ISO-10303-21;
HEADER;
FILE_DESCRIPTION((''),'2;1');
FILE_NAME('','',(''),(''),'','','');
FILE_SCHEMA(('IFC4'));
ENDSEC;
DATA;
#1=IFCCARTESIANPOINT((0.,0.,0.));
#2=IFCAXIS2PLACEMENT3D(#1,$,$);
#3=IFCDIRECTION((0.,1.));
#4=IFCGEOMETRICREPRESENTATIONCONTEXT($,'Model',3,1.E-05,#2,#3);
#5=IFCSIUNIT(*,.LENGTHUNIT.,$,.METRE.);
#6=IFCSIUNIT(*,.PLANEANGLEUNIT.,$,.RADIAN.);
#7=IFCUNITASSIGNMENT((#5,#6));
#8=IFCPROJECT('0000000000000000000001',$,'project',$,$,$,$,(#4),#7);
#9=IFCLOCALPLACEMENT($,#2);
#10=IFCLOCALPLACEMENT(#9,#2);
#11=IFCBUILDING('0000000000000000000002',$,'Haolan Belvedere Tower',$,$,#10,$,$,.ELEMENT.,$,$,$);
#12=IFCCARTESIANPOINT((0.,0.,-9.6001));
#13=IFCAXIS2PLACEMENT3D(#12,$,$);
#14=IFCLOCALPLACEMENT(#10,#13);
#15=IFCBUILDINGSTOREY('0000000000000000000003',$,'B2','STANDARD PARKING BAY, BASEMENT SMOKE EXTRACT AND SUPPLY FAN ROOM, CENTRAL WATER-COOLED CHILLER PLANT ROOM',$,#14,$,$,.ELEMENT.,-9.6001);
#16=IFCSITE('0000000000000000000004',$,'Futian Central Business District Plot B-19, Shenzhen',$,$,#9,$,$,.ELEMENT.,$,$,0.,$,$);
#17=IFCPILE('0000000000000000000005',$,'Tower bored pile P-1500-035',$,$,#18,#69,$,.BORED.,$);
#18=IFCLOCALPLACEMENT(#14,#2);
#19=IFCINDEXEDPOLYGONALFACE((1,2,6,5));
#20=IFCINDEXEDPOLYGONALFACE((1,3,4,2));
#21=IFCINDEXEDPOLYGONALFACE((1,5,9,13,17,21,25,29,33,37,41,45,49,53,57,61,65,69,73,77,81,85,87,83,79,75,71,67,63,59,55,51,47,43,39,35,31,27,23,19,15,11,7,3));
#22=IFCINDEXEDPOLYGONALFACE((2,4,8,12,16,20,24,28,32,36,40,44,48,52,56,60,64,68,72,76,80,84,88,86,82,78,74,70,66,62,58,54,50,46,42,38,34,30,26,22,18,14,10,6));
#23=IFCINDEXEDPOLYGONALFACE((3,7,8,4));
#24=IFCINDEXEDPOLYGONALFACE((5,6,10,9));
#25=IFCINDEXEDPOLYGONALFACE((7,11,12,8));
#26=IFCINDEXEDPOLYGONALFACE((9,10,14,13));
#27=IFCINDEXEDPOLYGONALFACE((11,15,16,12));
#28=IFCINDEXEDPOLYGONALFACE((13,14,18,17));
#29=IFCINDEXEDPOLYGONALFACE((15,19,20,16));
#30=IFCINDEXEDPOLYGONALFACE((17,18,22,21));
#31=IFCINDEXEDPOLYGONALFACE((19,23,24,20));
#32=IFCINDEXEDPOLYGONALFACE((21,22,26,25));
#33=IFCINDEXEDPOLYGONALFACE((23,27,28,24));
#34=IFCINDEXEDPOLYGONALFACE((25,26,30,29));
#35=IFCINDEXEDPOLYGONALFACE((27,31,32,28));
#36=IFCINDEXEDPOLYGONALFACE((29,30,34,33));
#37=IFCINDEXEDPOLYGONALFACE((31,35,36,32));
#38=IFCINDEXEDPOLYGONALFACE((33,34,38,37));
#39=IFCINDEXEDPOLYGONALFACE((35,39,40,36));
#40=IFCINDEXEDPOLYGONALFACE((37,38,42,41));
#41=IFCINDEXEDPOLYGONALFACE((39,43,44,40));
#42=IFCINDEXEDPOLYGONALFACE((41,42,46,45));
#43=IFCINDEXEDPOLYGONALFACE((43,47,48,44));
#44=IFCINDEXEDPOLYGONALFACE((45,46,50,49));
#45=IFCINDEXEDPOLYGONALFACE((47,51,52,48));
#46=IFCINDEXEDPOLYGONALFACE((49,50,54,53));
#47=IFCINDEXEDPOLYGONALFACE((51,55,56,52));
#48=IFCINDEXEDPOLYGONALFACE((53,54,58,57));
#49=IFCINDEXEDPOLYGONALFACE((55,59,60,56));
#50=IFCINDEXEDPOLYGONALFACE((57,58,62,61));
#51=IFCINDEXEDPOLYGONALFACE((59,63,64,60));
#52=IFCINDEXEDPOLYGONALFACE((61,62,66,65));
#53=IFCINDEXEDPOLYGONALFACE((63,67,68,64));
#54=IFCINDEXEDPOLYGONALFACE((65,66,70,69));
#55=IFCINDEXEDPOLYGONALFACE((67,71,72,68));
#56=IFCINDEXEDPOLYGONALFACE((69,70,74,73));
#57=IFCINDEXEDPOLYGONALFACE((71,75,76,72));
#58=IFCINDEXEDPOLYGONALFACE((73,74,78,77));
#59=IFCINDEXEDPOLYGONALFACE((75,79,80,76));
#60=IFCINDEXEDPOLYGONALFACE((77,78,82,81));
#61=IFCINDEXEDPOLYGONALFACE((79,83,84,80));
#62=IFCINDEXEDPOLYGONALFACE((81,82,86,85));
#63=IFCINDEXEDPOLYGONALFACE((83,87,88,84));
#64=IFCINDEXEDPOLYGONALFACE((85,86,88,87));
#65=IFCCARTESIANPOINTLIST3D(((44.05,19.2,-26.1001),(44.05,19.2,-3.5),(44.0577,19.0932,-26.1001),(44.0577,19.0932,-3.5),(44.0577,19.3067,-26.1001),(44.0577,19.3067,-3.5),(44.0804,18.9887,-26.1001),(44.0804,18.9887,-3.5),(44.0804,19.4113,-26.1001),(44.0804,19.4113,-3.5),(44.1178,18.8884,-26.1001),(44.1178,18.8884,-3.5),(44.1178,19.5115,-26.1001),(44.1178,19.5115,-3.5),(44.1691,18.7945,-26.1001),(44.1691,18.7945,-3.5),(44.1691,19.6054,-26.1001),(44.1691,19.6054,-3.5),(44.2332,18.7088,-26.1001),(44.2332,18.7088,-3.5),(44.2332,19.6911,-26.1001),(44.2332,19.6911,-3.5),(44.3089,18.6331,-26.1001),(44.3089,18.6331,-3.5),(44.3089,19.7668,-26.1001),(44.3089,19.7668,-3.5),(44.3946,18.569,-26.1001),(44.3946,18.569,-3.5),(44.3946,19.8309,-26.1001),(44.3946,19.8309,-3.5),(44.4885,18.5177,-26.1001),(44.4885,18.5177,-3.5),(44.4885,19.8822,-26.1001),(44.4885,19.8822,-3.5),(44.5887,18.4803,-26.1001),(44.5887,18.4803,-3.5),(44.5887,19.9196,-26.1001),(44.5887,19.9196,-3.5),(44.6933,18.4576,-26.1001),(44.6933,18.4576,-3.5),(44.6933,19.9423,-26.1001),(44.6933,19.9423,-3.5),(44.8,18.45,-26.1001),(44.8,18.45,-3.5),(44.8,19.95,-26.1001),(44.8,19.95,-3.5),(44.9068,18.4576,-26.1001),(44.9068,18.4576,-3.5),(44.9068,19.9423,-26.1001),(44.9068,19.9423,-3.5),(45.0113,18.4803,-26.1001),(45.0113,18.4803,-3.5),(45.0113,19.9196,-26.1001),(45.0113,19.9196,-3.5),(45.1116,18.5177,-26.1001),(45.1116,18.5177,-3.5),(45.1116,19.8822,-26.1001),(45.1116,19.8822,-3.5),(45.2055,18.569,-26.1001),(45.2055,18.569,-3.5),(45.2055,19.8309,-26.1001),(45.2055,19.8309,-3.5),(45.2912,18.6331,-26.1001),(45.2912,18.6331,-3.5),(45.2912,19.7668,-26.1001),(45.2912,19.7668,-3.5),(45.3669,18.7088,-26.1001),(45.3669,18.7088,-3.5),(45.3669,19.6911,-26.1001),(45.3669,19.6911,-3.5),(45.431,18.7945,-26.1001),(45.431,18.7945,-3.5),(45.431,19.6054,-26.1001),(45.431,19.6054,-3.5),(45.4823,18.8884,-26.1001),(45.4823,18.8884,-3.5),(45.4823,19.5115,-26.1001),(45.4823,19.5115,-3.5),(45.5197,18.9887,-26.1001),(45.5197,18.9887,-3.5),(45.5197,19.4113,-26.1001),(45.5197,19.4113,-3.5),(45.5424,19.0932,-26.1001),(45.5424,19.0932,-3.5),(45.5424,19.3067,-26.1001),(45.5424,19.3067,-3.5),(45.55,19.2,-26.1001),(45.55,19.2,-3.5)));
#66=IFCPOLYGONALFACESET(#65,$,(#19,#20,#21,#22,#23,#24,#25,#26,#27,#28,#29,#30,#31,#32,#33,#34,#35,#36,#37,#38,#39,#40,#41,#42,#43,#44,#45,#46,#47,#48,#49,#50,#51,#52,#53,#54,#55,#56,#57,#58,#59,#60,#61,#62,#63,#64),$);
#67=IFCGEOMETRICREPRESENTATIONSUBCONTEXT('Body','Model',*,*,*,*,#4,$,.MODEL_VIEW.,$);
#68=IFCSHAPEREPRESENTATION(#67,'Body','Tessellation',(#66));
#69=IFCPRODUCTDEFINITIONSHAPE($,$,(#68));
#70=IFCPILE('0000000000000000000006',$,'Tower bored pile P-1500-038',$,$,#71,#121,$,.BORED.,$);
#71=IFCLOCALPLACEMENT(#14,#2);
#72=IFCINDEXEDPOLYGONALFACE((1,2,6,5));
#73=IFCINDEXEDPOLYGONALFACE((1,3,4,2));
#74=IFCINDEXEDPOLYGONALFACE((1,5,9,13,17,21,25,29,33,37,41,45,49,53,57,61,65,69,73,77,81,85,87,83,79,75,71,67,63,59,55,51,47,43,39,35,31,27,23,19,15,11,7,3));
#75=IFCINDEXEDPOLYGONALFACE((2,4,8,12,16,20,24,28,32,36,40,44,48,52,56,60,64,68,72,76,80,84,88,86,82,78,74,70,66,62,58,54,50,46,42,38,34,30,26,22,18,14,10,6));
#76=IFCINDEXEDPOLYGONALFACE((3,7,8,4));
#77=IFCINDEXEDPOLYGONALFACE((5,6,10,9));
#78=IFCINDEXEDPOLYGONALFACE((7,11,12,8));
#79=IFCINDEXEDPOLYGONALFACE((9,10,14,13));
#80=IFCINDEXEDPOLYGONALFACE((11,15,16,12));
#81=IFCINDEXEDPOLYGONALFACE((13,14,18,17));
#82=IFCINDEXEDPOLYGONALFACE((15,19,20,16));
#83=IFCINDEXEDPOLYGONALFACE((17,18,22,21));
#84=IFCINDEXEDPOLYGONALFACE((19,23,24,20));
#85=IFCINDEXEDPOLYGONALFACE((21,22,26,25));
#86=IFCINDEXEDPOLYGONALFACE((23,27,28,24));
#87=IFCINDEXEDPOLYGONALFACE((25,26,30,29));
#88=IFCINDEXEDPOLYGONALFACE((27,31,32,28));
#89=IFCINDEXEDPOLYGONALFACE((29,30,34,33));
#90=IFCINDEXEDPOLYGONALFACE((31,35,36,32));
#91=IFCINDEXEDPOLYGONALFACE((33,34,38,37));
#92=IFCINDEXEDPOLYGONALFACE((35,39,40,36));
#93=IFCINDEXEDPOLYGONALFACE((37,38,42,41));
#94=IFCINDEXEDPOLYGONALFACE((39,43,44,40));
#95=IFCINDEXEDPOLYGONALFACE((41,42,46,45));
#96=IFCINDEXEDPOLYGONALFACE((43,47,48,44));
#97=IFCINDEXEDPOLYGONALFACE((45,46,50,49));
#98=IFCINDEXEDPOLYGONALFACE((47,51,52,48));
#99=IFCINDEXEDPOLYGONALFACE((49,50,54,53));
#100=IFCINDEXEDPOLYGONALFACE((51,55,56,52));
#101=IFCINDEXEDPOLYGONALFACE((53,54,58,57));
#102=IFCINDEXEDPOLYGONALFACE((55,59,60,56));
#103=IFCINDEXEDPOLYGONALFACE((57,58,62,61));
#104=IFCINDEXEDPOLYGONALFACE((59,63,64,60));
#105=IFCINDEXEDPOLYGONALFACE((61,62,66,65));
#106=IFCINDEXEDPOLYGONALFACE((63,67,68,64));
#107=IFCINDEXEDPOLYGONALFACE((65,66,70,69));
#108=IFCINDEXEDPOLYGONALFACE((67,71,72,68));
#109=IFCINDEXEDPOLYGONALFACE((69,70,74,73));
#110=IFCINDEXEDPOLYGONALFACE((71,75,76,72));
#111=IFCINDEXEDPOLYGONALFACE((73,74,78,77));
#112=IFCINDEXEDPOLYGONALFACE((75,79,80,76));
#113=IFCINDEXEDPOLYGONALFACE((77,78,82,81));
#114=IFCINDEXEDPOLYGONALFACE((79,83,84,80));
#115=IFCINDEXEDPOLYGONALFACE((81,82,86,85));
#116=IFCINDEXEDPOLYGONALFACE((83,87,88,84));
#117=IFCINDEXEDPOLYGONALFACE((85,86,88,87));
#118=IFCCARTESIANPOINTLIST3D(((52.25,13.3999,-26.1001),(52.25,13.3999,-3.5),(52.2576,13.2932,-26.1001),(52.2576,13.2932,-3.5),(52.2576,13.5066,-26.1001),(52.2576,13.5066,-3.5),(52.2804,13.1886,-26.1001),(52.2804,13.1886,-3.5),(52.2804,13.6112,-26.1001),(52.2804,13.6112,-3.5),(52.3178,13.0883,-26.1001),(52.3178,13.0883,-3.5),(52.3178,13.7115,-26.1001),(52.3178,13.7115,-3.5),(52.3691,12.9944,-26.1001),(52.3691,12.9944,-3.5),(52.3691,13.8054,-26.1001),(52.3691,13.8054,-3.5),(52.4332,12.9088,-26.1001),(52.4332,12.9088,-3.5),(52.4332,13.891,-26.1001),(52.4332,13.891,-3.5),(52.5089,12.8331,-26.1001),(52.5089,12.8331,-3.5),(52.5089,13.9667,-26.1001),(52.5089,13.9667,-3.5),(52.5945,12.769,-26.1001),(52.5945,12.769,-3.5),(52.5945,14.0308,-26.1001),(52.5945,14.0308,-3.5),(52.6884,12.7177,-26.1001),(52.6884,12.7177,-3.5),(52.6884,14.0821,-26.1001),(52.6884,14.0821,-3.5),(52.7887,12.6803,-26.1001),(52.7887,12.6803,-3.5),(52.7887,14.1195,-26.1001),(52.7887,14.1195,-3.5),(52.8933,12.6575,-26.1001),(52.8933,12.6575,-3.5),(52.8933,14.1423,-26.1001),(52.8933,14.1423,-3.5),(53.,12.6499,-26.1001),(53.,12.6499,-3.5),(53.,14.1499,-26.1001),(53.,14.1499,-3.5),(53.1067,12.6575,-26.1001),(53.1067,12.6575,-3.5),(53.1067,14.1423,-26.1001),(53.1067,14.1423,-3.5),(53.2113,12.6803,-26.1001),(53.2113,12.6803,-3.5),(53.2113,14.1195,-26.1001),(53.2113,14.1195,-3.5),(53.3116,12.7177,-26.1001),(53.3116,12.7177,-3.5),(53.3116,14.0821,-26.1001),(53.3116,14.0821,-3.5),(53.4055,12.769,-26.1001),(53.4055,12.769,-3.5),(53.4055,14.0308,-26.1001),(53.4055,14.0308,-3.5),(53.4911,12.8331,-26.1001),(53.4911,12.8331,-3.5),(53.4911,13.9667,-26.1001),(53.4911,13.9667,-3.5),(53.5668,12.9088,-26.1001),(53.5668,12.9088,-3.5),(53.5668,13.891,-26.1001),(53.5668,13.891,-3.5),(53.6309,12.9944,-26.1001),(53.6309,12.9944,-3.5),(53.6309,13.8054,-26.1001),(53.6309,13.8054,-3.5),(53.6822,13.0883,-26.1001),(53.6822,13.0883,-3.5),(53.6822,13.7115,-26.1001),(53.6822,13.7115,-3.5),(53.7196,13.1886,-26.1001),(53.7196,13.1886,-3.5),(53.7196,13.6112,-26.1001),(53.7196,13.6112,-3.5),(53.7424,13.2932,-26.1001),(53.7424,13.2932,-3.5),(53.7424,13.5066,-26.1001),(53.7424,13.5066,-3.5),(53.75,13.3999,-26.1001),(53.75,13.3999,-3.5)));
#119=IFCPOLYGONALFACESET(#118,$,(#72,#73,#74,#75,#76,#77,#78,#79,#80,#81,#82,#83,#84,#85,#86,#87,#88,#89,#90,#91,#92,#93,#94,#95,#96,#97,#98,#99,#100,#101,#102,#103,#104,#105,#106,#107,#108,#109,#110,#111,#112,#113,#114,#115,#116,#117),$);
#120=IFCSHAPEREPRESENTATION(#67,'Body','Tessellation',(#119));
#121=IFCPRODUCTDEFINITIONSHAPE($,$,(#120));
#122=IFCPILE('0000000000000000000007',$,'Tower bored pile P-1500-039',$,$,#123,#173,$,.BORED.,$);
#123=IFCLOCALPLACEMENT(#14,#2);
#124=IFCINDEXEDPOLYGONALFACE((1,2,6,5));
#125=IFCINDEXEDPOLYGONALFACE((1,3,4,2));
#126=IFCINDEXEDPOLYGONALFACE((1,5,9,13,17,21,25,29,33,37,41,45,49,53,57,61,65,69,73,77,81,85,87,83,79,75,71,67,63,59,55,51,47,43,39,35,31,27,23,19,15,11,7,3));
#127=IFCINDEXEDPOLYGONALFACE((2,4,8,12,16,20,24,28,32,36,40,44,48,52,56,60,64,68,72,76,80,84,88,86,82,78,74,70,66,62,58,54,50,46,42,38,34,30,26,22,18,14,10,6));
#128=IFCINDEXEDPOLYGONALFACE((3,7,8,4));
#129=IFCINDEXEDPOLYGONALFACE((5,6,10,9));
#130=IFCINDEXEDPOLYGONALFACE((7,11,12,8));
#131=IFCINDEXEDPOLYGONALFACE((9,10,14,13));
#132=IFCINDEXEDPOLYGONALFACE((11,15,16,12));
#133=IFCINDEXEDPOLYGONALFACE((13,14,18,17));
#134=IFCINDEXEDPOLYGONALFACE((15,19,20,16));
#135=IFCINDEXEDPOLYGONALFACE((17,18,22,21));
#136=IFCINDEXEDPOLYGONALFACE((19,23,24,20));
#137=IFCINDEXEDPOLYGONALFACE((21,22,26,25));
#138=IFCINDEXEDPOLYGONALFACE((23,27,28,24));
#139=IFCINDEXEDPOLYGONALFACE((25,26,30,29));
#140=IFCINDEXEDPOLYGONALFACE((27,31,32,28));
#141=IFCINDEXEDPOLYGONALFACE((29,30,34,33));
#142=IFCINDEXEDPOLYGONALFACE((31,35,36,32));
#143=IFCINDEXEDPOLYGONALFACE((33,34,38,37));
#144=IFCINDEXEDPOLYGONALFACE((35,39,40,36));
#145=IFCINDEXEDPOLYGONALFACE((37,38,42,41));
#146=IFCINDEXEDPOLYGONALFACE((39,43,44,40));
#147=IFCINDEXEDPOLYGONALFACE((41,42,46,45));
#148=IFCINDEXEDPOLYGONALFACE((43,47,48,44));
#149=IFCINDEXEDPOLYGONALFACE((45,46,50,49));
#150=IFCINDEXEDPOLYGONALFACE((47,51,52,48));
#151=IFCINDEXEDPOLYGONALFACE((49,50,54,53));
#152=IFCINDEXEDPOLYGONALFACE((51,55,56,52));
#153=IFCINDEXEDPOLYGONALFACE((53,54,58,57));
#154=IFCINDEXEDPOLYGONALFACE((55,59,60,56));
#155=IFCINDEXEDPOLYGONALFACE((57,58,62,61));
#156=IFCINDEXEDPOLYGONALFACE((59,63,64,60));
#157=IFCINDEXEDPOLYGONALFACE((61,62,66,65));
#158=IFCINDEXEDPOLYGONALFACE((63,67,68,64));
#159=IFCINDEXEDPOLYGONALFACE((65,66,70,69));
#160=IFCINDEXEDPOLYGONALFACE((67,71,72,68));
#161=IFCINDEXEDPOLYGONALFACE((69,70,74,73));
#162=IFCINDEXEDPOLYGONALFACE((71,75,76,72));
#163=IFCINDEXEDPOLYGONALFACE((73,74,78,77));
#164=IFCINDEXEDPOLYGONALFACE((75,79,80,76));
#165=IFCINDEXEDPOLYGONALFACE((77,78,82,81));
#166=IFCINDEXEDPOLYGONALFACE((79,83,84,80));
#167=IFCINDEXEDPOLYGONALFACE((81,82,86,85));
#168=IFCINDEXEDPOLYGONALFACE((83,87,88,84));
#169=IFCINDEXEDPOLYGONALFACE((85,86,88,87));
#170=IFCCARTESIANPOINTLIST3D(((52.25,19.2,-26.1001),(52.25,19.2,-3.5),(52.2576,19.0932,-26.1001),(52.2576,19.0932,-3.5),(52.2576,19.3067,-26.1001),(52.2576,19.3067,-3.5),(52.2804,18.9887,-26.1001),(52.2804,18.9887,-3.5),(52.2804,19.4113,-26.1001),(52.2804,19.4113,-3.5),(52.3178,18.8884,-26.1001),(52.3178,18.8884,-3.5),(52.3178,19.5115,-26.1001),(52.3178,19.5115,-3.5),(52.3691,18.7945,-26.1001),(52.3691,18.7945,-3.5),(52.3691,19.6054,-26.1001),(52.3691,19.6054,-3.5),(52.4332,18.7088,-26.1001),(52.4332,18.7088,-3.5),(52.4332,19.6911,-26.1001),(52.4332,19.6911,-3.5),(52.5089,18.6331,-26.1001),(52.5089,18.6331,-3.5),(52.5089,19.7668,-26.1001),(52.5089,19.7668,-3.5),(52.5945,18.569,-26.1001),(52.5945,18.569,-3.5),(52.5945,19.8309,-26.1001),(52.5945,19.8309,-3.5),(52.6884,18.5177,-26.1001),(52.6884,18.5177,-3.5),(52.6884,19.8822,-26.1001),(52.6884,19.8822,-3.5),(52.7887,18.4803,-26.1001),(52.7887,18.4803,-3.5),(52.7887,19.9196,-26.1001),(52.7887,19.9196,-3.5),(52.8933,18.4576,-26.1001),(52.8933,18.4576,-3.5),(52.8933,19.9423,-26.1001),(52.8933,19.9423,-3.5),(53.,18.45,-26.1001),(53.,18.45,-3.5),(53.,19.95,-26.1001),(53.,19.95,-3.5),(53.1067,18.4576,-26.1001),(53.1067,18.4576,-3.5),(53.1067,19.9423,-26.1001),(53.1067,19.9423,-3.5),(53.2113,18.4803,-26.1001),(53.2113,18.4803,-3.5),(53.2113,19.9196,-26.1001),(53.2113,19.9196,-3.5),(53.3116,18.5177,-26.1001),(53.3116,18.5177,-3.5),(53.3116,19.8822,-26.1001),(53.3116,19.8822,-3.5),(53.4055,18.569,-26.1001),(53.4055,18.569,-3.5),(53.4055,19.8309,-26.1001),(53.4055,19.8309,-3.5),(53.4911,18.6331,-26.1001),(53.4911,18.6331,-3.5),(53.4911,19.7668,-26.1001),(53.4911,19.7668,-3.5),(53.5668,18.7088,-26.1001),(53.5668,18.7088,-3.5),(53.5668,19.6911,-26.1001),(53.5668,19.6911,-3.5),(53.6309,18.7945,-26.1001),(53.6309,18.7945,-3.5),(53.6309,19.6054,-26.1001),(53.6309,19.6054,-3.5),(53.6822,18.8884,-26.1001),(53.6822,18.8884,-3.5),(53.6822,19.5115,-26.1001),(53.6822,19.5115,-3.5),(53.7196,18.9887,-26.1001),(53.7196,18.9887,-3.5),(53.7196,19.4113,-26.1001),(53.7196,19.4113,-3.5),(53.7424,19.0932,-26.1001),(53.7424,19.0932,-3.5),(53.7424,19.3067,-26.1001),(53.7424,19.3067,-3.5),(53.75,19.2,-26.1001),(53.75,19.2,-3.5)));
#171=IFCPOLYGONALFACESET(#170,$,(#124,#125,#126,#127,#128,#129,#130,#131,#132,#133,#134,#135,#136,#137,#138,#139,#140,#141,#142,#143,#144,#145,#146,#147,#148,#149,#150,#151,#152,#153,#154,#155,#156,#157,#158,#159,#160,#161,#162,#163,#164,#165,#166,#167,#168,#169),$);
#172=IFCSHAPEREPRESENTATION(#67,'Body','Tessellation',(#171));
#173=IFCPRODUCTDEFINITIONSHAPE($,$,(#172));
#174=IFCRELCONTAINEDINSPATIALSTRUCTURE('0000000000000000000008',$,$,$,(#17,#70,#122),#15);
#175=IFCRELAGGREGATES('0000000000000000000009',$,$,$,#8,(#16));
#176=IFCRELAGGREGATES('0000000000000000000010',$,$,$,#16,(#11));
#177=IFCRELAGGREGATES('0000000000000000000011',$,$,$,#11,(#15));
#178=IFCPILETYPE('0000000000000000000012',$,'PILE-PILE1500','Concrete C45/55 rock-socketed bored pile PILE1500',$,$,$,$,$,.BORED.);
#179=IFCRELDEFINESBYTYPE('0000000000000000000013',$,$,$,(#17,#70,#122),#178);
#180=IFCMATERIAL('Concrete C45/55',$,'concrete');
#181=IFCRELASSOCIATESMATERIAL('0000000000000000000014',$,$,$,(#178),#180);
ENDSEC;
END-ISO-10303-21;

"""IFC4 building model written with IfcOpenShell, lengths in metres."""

from ifc_helpers import new_model, si_unit, direction, frame, origin, origin_2d, place, context, subcontext, project, spatial, circle, extrude, material, material_profile, profile_set, type_object, element, save


model = new_model("IFC4")

# Units and contexts
model_context = context("Model", 3, precision=1e-05, world=origin(), true_north=direction((0.0, 1.0)))
body_context = subcontext(model_context, "Body", "Model", "MODEL_VIEW")
ifc_project = project(units=[si_unit("LENGTHUNIT", "METRE"), si_unit("PLANEANGLEUNIT", "RADIAN")], contexts=[model_context])

# Site, building, storey
site_placement = place(None, origin())
site = spatial("IfcSite", under=ifc_project, at=site_placement, Name="Futian Central Business District Plot B-19, Shenzhen", CompositionType="ELEMENT", RefElevation=0.0)
building_placement = place(site_placement, origin())
building = spatial("IfcBuilding", under=site, at=building_placement, Name="Haolan Belvedere Tower", CompositionType="ELEMENT")
storey_placement = place(building_placement, frame((0.0, 0.0, -9.6001)))
storey = spatial("IfcBuildingStorey", under=building, at=storey_placement, Name="B2", Description="STANDARD PARKING BAY, BASEMENT SMOKE EXTRACT AND SUPPLY FAN ROOM, CENTRAL WATER-COOLED CHILLER PLANT ROOM", CompositionType="ELEMENT", Elevation=-9.6001)

# Piles
ifc_material_1 = material(Name="Concrete C45/55", Category="concrete")
ifc_material_profile_1 = material_profile(ifc_material_1, circle(Radius=0.75, at=origin_2d()), Name="Concrete C45/55")
ifc_profile_set_1 = profile_set([ifc_material_profile_1], Name="Concrete C45/55")
pile_type_1 = type_object("IfcPileType", Name="PILE-PILE1500", Description="Concrete C45/55 rock-socketed bored pile PILE1500", PredefinedType="BORED", material=ifc_profile_set_1)
for number, where, z_axis, x_axis, name in (
    (1, (44.8, 19.2, -3.5), (0.0, 0.0, -1.0), (1.0, 0.0, 0.0), "Tower bored pile P-1500-035"),
    (2, (53.0, 13.3999, -3.5), (0.0, 0.0, -1.0), (1.0, 0.0, 0.0), "Tower bored pile P-1500-038"),
    (3, (53.0, 19.2, -3.5), (0.0, 0.0, -1.0), (1.0, 0.0, 0.0), "Tower bored pile P-1500-039"),
):
    element("IfcPile", number, at=place(storey_placement, frame(where, z_axis=z_axis, x_axis=x_axis)), inside=storey, type_object=pile_type_1, Name=name, PredefinedType="BORED", context=body_context, shape_type="SweptSolid", body=[
        extrude(circle(Radius=0.75, at=origin_2d()), origin(), (0.0, 0.0, 1.0), 22.6001),
    ])

save(model, "model.ifc")
